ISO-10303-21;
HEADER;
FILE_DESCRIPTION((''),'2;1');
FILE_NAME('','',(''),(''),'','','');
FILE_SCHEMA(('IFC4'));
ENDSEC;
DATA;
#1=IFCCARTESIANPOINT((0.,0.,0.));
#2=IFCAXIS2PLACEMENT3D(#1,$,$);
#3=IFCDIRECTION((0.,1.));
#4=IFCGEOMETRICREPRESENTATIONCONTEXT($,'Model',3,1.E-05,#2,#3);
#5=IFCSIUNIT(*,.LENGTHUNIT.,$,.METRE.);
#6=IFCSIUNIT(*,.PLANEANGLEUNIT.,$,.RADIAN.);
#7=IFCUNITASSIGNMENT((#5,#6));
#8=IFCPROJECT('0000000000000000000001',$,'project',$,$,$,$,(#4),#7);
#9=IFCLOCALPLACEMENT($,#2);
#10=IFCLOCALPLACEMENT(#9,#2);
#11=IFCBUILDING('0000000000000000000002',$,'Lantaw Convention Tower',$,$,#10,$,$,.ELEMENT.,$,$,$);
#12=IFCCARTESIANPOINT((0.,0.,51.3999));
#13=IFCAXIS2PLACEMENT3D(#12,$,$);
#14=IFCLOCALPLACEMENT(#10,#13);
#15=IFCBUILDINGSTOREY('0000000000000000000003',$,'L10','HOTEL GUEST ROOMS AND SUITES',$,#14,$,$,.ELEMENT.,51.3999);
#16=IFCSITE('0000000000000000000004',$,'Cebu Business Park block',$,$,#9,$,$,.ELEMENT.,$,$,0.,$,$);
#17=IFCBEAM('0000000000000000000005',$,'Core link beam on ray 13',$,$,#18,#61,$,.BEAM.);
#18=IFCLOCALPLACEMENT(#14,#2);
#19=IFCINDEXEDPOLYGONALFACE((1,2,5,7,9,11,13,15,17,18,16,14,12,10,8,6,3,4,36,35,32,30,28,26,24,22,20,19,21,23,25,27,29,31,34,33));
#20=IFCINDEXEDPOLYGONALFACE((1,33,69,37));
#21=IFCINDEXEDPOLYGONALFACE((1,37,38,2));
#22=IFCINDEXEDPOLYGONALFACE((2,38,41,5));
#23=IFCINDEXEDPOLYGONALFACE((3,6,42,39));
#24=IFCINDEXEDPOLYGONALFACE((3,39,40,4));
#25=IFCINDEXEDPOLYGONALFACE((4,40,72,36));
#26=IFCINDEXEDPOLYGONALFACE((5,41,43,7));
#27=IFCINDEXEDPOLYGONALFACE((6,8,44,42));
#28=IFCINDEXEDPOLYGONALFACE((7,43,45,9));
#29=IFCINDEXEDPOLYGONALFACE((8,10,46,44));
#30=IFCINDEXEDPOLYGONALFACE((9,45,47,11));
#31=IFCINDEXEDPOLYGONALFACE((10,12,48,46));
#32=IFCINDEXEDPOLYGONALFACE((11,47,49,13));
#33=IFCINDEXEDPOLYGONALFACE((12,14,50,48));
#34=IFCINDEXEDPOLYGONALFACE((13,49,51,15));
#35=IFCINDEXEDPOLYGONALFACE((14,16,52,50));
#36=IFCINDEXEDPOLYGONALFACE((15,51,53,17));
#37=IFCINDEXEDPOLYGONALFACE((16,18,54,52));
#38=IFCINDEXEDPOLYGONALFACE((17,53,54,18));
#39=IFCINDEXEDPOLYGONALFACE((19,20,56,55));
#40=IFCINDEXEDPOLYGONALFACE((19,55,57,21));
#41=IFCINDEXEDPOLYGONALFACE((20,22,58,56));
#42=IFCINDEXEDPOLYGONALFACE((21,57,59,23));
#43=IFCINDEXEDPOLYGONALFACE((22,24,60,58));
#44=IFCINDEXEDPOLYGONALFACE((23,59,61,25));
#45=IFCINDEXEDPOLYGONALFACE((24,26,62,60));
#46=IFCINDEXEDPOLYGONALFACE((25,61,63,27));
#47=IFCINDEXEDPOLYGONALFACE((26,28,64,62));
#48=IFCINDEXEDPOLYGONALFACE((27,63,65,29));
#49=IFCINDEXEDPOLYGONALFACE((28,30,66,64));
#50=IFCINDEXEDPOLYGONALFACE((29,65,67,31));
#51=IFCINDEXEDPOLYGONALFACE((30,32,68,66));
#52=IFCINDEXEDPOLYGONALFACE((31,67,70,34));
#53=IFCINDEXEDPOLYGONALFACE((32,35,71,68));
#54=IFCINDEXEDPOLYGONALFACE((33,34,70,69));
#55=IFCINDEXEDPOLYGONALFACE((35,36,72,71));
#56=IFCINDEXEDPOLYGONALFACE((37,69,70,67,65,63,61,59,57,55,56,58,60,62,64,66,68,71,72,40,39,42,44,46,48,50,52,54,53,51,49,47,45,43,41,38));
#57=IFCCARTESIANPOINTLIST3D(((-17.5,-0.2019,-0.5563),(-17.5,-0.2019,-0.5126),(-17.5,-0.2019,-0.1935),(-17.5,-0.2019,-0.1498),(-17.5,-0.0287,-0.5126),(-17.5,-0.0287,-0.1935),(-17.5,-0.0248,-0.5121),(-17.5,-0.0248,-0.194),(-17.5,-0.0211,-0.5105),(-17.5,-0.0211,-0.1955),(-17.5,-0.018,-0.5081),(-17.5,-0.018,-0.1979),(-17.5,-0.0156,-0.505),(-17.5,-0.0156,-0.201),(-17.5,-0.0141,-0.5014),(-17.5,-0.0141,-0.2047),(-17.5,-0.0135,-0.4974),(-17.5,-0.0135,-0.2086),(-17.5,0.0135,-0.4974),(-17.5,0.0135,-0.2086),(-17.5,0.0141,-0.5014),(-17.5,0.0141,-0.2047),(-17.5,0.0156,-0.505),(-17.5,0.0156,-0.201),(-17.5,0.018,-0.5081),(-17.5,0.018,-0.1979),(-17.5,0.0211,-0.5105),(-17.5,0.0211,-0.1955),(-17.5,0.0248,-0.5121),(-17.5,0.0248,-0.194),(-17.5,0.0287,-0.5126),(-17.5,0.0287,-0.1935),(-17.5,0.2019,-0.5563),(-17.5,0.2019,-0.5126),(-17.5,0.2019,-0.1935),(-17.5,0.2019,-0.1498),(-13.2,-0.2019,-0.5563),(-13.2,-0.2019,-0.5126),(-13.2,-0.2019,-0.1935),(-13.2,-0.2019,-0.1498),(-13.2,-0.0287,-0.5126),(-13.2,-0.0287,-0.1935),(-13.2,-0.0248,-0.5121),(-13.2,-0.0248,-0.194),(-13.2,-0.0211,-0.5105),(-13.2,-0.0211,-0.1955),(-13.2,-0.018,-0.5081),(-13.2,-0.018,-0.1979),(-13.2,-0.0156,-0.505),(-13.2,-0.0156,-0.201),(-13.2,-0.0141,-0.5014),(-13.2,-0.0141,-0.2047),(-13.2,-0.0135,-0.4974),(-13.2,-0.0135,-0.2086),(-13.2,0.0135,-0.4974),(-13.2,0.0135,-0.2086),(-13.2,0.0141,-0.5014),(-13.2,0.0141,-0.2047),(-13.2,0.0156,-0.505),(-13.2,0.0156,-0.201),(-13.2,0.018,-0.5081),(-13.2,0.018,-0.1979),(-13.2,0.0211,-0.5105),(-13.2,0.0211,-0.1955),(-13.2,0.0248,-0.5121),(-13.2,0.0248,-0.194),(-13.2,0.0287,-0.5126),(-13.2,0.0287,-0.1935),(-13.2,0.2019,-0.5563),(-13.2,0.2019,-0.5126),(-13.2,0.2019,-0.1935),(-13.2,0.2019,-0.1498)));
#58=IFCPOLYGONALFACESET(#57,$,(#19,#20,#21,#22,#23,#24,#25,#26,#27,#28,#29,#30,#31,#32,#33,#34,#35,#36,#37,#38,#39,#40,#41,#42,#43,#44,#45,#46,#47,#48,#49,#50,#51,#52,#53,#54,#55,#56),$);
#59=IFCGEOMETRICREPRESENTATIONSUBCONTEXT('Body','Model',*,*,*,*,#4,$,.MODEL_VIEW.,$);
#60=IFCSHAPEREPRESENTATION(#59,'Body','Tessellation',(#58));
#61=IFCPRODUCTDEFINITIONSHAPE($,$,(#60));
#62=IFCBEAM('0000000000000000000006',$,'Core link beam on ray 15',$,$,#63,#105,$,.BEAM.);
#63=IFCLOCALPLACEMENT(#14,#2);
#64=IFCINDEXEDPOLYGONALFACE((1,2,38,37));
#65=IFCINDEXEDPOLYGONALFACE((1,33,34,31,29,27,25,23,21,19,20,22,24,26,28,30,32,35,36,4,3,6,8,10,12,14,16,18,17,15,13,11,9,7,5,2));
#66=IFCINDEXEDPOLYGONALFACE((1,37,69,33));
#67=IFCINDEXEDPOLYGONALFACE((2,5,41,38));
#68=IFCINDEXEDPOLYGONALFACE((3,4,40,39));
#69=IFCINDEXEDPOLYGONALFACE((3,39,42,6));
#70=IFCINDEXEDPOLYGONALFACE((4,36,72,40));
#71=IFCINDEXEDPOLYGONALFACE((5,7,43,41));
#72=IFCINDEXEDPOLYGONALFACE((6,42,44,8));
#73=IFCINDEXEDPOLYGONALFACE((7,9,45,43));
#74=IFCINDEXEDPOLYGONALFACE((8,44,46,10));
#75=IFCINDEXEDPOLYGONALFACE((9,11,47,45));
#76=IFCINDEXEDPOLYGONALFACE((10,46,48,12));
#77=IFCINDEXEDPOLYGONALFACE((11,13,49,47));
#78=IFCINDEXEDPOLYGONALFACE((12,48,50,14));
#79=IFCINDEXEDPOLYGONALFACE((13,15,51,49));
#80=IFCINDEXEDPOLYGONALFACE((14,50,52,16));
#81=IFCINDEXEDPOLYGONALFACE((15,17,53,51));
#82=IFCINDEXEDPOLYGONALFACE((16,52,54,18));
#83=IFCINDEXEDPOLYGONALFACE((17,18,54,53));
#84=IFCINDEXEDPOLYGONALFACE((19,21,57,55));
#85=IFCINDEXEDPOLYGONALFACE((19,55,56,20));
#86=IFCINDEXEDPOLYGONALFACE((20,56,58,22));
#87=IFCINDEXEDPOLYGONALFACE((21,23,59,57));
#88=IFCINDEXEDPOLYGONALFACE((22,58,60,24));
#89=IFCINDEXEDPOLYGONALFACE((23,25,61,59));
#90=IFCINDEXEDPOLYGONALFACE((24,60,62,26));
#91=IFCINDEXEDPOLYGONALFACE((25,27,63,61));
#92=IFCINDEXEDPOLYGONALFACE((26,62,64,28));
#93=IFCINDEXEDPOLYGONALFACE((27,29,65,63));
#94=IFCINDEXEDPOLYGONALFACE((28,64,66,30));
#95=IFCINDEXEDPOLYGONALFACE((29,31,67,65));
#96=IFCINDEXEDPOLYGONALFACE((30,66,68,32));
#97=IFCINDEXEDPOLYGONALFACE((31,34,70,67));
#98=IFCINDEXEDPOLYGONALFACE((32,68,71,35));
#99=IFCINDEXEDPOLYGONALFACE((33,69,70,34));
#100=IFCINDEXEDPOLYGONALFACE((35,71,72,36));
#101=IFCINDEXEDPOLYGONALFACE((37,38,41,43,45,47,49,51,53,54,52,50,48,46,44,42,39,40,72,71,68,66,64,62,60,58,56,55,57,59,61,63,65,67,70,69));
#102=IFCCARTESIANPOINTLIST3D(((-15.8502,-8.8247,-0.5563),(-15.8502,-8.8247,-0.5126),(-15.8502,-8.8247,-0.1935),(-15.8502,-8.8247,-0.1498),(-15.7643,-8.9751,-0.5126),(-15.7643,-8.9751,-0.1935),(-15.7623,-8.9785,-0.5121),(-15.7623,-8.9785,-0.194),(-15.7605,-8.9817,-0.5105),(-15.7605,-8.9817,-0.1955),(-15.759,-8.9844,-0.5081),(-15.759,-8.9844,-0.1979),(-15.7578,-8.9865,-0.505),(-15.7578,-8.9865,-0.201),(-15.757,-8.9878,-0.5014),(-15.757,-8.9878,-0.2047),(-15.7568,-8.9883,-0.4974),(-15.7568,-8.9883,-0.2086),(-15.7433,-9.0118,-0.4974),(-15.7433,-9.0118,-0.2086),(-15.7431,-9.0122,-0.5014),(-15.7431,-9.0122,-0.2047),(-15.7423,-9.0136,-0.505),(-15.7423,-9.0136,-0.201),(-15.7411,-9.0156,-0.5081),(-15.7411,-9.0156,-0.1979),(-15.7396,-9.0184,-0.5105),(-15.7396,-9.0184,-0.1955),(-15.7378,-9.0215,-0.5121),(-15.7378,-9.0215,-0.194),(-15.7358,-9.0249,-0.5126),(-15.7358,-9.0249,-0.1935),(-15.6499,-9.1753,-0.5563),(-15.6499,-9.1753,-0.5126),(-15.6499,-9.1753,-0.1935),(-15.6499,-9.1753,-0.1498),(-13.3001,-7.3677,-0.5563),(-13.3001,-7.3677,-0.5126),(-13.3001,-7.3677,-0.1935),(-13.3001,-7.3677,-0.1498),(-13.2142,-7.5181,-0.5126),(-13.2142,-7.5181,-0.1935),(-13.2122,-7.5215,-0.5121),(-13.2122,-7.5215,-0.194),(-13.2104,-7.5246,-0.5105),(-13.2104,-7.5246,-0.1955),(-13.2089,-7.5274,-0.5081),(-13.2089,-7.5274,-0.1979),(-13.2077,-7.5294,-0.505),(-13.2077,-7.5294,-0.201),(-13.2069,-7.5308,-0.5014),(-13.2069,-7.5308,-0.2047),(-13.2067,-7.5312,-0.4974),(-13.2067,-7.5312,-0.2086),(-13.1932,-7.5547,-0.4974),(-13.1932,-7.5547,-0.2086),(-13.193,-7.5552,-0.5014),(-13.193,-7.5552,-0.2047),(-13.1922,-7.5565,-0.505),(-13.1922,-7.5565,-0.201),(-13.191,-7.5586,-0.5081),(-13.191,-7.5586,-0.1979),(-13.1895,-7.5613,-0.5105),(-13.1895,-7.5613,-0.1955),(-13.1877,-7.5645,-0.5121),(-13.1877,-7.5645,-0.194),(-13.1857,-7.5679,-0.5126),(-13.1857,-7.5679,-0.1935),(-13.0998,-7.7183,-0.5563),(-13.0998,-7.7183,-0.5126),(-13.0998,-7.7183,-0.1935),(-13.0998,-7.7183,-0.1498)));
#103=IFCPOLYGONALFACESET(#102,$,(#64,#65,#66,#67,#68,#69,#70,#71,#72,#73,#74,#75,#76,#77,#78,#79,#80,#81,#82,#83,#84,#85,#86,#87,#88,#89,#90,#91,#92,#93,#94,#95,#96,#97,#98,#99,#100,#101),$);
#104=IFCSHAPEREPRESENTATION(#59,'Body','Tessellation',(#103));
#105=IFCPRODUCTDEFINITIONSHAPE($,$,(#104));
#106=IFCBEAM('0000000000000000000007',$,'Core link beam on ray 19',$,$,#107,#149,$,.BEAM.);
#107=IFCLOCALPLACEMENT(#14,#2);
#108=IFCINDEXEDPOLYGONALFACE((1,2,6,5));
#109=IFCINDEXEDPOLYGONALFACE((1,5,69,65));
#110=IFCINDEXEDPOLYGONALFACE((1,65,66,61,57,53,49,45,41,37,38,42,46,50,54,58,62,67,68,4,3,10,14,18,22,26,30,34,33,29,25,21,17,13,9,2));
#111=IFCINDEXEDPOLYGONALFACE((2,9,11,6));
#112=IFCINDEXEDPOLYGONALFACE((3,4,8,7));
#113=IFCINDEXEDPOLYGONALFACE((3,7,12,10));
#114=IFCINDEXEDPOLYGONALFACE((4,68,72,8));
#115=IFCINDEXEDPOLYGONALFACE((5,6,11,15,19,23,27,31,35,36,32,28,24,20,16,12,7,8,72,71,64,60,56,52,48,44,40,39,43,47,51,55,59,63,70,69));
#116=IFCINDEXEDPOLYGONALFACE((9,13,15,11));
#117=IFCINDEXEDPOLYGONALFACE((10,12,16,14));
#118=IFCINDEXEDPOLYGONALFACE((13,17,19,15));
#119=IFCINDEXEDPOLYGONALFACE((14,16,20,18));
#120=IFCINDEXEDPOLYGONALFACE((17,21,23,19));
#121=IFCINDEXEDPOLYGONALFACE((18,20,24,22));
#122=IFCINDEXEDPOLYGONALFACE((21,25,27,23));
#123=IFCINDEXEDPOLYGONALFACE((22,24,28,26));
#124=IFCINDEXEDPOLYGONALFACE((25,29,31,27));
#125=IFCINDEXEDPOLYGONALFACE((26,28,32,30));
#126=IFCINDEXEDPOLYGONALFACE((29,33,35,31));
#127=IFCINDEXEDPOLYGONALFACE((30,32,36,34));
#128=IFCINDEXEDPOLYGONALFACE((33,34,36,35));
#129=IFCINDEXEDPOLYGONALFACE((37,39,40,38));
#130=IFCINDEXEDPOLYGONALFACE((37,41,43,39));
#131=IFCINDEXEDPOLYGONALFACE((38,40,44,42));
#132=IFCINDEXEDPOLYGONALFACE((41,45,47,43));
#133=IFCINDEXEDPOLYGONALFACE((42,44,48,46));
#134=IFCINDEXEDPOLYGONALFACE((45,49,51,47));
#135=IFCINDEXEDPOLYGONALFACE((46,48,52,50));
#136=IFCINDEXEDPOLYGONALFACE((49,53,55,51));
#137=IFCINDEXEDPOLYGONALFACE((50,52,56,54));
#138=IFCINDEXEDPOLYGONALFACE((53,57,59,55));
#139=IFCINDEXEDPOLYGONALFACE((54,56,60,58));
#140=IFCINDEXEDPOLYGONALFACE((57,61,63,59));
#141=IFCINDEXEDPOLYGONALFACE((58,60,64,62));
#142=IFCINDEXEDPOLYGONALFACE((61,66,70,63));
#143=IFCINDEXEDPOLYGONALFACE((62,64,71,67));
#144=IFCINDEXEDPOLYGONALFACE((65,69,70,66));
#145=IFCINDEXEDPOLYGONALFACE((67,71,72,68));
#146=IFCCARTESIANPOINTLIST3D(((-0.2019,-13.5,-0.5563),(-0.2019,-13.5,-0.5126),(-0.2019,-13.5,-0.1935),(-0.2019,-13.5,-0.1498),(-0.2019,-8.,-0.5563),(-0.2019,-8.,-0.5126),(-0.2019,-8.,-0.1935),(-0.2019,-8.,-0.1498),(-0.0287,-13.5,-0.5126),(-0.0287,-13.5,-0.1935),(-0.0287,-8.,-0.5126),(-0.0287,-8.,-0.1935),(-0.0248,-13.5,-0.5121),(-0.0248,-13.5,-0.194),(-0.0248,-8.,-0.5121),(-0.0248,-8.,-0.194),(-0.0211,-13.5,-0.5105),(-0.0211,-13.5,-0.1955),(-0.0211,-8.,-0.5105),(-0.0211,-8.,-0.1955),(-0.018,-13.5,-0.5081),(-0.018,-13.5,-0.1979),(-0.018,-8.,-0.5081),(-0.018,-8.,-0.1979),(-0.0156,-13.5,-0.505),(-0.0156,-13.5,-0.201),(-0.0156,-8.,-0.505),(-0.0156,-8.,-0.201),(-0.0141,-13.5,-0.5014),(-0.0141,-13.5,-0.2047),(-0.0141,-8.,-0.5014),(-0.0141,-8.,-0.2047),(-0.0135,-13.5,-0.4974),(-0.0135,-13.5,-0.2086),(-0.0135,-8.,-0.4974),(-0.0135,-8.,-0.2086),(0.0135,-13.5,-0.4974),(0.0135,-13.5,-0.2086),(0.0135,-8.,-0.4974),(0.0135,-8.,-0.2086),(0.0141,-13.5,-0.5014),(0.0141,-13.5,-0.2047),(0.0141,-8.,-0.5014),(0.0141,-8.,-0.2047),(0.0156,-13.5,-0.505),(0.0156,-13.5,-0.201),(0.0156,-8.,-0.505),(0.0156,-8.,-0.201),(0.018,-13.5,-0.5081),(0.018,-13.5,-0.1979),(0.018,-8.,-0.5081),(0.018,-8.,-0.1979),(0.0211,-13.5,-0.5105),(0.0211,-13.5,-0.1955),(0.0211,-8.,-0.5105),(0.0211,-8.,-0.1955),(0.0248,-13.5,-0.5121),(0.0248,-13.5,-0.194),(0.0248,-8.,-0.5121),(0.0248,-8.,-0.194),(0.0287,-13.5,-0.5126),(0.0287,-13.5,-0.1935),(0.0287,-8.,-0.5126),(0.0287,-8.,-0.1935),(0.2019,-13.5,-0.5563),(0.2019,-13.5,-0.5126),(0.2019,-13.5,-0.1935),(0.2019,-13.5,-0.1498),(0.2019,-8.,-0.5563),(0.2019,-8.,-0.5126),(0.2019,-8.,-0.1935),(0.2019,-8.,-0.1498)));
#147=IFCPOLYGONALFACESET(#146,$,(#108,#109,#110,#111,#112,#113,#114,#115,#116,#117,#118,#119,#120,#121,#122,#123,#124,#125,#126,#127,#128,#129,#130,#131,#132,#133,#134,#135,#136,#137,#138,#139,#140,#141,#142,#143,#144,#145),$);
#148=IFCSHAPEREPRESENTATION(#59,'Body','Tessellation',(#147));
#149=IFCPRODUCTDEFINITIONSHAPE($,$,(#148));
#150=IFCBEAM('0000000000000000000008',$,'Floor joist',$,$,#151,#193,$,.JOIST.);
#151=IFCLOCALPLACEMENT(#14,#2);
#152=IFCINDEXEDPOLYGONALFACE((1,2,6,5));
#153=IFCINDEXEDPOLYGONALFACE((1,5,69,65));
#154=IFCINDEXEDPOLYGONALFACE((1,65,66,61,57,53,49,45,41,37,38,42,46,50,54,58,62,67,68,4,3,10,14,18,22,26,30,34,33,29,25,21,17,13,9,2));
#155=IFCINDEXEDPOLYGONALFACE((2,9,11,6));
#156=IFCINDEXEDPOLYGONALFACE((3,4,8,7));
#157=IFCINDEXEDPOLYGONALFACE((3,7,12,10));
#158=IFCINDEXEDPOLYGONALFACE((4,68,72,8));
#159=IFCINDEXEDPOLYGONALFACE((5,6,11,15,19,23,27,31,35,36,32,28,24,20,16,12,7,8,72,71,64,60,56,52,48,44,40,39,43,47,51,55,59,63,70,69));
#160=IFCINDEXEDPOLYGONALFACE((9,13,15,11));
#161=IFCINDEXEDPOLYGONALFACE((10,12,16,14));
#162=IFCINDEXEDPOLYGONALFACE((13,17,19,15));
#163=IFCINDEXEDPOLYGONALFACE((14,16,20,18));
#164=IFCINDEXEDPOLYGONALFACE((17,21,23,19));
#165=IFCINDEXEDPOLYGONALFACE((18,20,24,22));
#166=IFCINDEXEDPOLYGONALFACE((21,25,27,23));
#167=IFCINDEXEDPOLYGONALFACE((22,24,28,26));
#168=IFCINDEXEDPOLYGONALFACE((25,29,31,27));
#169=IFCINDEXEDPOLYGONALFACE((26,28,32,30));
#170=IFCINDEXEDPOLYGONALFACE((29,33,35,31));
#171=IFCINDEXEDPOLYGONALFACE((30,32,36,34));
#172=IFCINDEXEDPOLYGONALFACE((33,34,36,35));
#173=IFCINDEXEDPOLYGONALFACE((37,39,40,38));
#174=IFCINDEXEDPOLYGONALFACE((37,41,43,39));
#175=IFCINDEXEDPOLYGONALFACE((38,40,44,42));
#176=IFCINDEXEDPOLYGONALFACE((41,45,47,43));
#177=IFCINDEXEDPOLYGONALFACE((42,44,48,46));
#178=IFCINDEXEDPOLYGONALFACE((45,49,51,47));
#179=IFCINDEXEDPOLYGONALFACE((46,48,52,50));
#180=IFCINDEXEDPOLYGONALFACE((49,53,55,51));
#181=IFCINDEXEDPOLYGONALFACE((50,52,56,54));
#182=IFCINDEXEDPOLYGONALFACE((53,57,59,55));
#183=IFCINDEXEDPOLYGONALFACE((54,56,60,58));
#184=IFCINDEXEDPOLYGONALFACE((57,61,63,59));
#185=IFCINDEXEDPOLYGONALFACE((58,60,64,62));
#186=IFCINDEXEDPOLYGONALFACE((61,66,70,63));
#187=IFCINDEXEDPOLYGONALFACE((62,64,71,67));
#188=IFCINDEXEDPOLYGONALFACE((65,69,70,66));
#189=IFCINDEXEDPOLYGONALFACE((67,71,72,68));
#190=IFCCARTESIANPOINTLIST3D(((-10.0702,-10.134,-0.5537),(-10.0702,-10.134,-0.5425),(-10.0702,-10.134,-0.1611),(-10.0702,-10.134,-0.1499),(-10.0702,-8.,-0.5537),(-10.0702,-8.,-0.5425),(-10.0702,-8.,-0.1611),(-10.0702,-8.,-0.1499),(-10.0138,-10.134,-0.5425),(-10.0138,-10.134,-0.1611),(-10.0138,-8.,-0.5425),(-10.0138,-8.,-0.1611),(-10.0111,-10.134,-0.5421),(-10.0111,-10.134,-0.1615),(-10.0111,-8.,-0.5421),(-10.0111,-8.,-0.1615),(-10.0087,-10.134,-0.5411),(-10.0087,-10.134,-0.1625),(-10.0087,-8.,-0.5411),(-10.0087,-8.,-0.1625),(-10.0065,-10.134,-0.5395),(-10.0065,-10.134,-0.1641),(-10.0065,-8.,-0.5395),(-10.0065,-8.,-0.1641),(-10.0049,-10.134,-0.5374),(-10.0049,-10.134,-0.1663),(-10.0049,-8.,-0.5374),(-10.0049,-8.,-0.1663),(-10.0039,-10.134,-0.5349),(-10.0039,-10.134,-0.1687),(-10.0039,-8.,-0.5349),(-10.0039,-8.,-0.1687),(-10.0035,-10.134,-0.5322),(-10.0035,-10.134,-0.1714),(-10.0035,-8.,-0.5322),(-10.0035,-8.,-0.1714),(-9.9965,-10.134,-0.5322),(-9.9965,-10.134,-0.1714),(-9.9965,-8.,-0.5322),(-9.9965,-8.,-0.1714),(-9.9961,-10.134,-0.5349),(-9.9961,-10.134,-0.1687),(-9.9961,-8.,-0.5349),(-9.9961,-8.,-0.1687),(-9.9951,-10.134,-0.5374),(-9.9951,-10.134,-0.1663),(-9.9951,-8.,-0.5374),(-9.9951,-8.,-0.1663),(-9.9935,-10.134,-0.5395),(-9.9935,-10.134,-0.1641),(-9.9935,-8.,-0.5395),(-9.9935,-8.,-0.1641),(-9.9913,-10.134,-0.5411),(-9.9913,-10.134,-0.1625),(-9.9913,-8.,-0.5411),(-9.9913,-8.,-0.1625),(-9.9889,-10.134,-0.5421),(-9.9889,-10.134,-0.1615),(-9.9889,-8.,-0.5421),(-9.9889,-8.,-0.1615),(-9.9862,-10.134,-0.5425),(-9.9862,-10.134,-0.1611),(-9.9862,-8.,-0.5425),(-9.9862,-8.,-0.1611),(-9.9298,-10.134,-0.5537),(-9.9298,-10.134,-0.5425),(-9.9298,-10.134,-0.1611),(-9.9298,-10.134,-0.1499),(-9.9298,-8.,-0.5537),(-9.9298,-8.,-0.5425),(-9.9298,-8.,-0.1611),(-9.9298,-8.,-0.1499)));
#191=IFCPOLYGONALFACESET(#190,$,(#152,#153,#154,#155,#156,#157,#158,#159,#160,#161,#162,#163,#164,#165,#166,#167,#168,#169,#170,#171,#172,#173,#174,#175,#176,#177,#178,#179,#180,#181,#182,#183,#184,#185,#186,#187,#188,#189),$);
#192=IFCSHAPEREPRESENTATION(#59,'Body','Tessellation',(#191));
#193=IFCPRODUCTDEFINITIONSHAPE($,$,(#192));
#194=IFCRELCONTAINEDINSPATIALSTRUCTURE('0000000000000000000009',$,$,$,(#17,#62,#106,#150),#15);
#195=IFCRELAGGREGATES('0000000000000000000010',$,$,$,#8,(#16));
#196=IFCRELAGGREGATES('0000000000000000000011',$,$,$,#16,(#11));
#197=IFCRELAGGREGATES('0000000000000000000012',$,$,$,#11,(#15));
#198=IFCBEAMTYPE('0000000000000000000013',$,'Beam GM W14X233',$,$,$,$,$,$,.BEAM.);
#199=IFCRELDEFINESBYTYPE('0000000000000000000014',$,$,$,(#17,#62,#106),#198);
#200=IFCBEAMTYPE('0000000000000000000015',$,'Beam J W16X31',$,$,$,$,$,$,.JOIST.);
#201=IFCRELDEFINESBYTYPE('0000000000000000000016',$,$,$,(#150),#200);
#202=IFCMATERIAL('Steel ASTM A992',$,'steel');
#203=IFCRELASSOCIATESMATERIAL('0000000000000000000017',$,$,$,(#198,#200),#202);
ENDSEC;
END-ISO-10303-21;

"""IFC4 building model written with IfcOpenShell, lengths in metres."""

from ifc_helpers import new_model, si_unit, direction, frame, origin, origin_2d, place, context, subcontext, project, spatial, i_section, extrude, material, material_profile, profile_set, type_object, element, save


model = new_model("IFC4")

# Units and contexts
model_context = context("Model", 3, precision=1e-05, world=origin(), true_north=direction((0.0, 1.0)))
body_context = subcontext(model_context, "Body", "Model", "MODEL_VIEW")
ifc_project = project(units=[si_unit("LENGTHUNIT", "METRE"), si_unit("PLANEANGLEUNIT", "RADIAN")], contexts=[model_context])

# Site, building, storey
site_placement = place(None, origin())
site = spatial("IfcSite", under=ifc_project, at=site_placement, Name="Cebu Business Park block", CompositionType="ELEMENT", RefElevation=0.0)
building_placement = place(site_placement, origin())
building = spatial("IfcBuilding", under=site, at=building_placement, Name="Lantaw Convention Tower", CompositionType="ELEMENT")
storey_placement = place(building_placement, frame((0.0, 0.0, 51.3999)))
storey = spatial("IfcBuildingStorey", under=building, at=storey_placement, Name="L10", Description="HOTEL GUEST ROOMS AND SUITES", CompositionType="ELEMENT", Elevation=51.3999)

# Beams
ifc_material_1 = material(Name="Steel ASTM A992", Category="steel")
ifc_material_profile_1 = material_profile(ifc_material_1, i_section(OverallWidth=0.4038, OverallDepth=0.4065, WebThickness=0.0271, FlangeThickness=0.0437, FilletRadius=0.0151, at=origin_2d()), Name="W14X233")
ifc_profile_set_1 = profile_set([ifc_material_profile_1], Name="Steel ASTM A992")
beam_type_1 = type_object("IfcBeamType", Name="Beam GM W14X233", PredefinedType="BEAM", material=ifc_profile_set_1)
beam_1_placement = place(storey_placement, frame((-13.2, 0.0, -0.353), z_axis=(-1.0, 0.0, 0.0), x_axis=(0.0, -1.0, 0.0)))
element("IfcBeam", 1, at=beam_1_placement, inside=storey, type_object=beam_type_1, Name="Core link beam on ray 13", PredefinedType="BEAM", context=body_context, shape_type="SweptSolid", body=[
    extrude(i_section(OverallWidth=0.4038, OverallDepth=0.4065, WebThickness=0.0271, FlangeThickness=0.0437, FilletRadius=0.0151, at=origin_2d()), origin(), (0.0, 0.0, 1.0), 4.3),
])
beam_2_placement = place(storey_placement, frame((-13.2, -7.543, -0.353), z_axis=(-0.868264, -0.496103, 0.0), x_axis=(0.496103, -0.868264, 0.0)))
element("IfcBeam", 2, at=beam_2_placement, inside=storey, type_object=beam_type_1, Name="Core link beam on ray 15", PredefinedType="BEAM", context=body_context, shape_type="SweptSolid", body=[
    extrude(i_section(OverallWidth=0.4038, OverallDepth=0.4065, WebThickness=0.0271, FlangeThickness=0.0437, FilletRadius=0.0151, at=origin_2d()), origin(), (0.0, 0.0, 1.0), 2.937),
])
beam_3_placement = place(storey_placement, frame((0.0, -8.0, -0.353), z_axis=(0.0, -1.0, 0.0), x_axis=(1.0, 0.0, 0.0)))
element("IfcBeam", 3, at=beam_3_placement, inside=storey, type_object=beam_type_1, Name="Core link beam on ray 19", PredefinedType="BEAM", context=body_context, shape_type="SweptSolid", body=[
    extrude(i_section(OverallWidth=0.4038, OverallDepth=0.4065, WebThickness=0.0271, FlangeThickness=0.0437, FilletRadius=0.0151, at=origin_2d()), origin(), (0.0, 0.0, 1.0), 5.5),
])
ifc_material_profile_2 = material_profile(ifc_material_1, i_section(OverallWidth=0.1404, OverallDepth=0.4038, WebThickness=0.0071, FlangeThickness=0.0112, FilletRadius=0.0103, at=origin_2d()), Name="W16X31")
ifc_profile_set_2 = profile_set([ifc_material_profile_2], Name="Steel ASTM A992")
beam_type_2 = type_object("IfcBeamType", Name="Beam J W16X31", PredefinedType="JOIST", material=ifc_profile_set_2)
beam_4_placement = place(storey_placement, frame((-10.0, -10.134, -0.3518), z_axis=(0.0, 1.0, 0.0), x_axis=(-1.0, 0.0, 0.0)))
element("IfcBeam", 4, at=beam_4_placement, inside=storey, type_object=beam_type_2, Name="Floor joist", PredefinedType="JOIST", context=body_context, shape_type="SweptSolid", body=[
    extrude(i_section(OverallWidth=0.1404, OverallDepth=0.4038, WebThickness=0.0071, FlangeThickness=0.0112, FilletRadius=0.0103, at=origin_2d()), origin(), (0.0, 0.0, 1.0), 2.134),
])

save(model, "model.ifc")
